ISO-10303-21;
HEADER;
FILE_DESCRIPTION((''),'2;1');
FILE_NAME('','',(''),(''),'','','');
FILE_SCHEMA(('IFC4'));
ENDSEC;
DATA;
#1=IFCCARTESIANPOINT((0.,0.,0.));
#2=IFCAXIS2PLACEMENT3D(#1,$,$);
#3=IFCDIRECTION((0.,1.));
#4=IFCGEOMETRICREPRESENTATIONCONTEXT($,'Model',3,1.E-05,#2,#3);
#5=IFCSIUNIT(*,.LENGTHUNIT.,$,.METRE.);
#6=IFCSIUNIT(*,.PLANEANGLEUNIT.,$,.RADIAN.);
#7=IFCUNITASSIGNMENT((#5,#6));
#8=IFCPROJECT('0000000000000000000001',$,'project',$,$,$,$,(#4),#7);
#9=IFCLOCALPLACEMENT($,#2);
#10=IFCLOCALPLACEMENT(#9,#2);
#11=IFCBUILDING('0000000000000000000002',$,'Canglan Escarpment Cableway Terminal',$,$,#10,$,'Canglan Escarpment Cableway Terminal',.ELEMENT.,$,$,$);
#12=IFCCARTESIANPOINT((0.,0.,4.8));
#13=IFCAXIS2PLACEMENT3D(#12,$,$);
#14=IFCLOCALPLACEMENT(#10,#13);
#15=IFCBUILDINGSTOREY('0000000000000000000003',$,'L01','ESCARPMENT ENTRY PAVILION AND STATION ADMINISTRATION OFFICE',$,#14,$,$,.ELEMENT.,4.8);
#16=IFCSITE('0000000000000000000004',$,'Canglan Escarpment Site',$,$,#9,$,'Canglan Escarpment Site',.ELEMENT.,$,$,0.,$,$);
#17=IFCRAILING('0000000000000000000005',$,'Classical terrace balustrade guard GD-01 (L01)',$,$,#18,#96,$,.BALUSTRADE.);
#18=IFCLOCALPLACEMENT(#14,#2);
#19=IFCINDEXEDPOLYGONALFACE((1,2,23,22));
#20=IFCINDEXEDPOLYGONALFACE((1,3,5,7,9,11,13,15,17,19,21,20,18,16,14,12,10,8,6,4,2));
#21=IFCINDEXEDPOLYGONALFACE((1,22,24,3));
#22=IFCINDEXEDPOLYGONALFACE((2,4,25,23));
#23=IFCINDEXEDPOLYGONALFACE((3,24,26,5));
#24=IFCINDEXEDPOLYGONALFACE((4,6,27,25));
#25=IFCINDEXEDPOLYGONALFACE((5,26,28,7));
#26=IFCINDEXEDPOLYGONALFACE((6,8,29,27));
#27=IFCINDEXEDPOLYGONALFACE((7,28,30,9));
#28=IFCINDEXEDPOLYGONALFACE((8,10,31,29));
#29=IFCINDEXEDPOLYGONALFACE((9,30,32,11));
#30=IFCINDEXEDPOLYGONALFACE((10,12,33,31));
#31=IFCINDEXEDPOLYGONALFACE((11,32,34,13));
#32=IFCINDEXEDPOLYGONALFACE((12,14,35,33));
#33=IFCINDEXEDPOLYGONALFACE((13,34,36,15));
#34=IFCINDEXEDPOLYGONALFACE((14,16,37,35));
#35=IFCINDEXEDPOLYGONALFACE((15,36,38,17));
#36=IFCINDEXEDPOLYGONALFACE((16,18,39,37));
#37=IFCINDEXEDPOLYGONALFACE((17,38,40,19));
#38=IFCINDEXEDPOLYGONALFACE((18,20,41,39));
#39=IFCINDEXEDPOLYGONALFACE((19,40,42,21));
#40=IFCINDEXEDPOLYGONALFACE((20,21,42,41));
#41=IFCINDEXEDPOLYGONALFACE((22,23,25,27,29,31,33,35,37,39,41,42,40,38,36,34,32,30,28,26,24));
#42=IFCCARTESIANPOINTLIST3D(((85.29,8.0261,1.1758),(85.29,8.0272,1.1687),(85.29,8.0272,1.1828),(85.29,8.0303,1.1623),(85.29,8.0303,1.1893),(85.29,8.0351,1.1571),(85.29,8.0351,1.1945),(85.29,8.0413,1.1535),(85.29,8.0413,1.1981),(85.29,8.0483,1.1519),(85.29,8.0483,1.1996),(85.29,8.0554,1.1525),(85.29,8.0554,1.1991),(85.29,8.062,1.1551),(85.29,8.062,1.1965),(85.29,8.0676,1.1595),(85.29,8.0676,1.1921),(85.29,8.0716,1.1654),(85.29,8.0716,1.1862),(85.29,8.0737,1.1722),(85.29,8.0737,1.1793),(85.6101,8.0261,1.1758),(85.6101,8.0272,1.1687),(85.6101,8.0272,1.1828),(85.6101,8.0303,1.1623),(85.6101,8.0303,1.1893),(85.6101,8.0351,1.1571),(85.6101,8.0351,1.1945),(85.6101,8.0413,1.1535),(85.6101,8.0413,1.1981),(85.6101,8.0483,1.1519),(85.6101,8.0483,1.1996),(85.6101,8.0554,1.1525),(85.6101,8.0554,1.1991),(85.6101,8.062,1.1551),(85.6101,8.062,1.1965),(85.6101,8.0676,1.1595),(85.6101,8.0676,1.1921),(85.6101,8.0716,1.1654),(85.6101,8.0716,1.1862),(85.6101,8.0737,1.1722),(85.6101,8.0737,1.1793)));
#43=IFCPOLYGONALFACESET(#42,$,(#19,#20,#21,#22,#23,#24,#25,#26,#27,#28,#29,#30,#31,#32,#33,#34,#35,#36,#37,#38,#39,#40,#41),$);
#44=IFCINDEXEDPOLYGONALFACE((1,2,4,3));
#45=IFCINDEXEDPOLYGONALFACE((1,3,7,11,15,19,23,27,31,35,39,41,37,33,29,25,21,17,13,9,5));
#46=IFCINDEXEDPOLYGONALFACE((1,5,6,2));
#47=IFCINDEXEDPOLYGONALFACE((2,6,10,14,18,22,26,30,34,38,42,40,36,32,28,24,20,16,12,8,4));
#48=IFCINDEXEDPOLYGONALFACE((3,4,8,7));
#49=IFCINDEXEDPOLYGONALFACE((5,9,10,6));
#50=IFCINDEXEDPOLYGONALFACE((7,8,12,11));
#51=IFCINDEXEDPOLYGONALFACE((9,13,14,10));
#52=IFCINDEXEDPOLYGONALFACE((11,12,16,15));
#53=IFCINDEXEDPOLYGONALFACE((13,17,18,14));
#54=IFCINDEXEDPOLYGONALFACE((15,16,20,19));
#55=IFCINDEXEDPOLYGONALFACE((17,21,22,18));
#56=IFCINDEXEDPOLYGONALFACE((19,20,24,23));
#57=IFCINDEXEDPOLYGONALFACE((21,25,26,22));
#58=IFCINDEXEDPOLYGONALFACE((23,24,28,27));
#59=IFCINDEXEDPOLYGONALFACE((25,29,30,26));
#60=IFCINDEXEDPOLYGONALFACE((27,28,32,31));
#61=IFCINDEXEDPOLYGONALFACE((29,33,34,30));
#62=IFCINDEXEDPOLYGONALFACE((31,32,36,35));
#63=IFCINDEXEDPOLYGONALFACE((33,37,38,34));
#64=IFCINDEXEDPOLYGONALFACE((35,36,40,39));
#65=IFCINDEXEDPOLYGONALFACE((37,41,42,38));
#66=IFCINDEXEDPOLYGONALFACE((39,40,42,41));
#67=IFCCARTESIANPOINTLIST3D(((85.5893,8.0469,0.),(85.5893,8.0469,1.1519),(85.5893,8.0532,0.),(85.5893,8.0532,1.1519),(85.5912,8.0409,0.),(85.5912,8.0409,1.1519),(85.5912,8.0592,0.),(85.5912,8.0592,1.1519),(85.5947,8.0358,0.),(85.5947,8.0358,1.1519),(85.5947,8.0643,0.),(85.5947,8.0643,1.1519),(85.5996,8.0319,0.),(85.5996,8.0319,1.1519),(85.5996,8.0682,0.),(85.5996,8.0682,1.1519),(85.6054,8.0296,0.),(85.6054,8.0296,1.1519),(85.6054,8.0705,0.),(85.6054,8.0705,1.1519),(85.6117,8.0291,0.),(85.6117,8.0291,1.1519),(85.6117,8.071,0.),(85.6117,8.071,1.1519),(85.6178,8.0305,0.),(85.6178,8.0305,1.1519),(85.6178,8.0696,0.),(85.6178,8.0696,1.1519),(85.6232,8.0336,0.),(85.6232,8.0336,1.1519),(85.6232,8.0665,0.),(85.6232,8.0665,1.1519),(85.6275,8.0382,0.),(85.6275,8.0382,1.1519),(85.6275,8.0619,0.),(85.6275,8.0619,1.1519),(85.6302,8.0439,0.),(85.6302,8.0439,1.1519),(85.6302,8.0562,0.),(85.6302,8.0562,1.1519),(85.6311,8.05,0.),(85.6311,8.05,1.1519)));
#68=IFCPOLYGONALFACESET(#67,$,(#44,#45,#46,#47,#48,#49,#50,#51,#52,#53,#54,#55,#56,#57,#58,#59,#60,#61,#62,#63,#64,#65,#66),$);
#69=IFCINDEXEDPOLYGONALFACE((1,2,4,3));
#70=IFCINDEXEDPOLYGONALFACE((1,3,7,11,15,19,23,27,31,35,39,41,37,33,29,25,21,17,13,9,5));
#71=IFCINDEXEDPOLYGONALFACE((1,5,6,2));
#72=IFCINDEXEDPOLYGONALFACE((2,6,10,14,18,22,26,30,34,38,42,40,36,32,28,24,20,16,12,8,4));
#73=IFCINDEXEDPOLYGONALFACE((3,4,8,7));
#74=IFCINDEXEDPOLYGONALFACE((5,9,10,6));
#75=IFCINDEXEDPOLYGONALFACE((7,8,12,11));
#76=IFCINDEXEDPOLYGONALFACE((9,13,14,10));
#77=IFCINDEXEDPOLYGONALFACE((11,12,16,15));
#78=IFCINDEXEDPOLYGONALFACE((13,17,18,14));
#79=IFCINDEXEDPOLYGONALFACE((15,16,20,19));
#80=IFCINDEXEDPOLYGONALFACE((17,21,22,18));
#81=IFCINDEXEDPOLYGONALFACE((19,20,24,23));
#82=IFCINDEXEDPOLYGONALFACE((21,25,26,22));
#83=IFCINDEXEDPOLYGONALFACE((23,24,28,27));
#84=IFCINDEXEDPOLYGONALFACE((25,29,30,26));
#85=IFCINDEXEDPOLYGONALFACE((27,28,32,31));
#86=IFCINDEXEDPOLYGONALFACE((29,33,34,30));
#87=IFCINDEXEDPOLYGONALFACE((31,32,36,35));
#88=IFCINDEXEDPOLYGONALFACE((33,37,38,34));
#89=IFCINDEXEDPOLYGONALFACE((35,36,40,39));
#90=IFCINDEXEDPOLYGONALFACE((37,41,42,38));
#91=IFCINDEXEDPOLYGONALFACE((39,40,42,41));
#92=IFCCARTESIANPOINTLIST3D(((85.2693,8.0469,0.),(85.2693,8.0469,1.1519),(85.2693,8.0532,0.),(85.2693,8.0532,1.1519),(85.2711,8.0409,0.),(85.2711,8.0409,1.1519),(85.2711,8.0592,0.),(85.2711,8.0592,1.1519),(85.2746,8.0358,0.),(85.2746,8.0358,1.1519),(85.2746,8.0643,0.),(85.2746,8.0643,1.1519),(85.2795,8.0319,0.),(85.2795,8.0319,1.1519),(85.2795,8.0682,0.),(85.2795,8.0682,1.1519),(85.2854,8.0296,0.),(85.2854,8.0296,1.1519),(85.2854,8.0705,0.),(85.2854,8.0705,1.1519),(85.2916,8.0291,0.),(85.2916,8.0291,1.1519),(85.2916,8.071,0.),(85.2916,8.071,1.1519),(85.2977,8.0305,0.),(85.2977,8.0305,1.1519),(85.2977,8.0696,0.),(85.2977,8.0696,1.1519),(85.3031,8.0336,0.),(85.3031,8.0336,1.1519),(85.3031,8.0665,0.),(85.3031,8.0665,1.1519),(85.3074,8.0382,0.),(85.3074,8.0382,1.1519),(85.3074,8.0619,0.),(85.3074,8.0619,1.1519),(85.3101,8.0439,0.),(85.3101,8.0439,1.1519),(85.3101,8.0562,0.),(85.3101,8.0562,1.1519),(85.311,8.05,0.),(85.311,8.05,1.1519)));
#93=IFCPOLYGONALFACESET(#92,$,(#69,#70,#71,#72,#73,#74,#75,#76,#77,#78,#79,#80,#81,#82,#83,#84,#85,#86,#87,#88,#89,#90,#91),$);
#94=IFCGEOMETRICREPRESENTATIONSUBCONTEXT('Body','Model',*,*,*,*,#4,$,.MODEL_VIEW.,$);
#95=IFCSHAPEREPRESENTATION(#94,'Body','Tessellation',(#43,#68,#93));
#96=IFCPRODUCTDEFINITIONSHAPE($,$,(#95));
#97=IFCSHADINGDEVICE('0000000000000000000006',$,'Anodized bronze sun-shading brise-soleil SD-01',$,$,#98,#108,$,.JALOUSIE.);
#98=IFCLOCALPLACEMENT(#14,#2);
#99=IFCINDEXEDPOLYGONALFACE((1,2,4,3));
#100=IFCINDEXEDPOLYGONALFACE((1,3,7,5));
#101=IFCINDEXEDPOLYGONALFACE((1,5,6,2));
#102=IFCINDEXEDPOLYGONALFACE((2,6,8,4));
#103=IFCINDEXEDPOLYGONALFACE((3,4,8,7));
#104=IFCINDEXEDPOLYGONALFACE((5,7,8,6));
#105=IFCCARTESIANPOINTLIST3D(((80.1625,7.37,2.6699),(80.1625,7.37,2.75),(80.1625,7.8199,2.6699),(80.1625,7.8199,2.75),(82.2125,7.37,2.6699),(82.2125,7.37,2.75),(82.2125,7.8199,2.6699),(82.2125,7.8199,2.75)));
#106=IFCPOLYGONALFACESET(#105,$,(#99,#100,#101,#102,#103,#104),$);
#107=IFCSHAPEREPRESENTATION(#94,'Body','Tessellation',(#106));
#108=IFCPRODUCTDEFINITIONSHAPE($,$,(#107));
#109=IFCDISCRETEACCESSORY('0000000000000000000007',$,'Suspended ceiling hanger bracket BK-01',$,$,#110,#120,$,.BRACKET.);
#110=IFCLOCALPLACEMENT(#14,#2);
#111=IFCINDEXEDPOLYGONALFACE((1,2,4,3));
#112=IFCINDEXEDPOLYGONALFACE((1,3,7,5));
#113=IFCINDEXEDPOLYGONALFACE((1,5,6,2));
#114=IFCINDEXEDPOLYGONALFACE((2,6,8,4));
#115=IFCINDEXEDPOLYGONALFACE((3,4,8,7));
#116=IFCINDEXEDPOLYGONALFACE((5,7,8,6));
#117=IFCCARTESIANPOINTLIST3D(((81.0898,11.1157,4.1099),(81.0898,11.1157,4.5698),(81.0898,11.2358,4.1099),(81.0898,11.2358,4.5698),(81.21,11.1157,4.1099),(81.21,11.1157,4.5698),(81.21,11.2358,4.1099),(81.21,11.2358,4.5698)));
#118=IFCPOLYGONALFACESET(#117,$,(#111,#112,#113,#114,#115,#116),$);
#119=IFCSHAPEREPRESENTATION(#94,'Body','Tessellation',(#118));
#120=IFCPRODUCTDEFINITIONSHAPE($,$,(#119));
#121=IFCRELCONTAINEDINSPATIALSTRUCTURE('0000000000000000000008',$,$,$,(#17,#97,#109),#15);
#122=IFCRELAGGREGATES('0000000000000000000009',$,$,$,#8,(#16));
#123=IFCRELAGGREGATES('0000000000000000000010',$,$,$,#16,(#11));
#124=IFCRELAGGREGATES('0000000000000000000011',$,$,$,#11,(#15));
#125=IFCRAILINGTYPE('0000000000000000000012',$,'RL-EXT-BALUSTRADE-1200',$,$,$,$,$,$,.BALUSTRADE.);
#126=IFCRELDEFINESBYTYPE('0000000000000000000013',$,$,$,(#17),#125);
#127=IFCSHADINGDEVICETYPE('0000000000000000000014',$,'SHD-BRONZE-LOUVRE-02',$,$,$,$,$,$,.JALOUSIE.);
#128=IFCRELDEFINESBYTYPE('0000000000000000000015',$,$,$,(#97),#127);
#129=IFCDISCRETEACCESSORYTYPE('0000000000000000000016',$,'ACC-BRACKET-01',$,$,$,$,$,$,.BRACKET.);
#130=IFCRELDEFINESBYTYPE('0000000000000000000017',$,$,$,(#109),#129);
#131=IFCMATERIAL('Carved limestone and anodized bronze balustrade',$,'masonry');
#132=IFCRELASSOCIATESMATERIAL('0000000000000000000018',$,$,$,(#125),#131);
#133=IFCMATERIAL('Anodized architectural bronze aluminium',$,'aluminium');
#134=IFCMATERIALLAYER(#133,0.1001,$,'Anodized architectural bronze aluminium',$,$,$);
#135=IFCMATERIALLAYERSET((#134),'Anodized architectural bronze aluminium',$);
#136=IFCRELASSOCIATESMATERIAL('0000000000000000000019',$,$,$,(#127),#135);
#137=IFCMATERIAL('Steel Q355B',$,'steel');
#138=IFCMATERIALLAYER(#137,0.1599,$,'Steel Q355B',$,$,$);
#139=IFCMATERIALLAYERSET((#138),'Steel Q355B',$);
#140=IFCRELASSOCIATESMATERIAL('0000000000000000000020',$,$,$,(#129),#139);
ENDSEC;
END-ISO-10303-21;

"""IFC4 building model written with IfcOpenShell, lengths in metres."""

from ifc_helpers import new_model, si_unit, direction, frame, origin, origin_2d, place, context, subcontext, project, spatial, rectangle, circle, extrude, material, layer, layer_set, type_object, element, save


model = new_model("IFC4")

# Units and contexts
model_context = context("Model", 3, precision=1e-05, world=origin(), true_north=direction((0.0, 1.0)))
body_context = subcontext(model_context, "Body", "Model", "MODEL_VIEW")
ifc_project = project(units=[si_unit("LENGTHUNIT", "METRE"), si_unit("PLANEANGLEUNIT", "RADIAN")], contexts=[model_context])

# Site, building, storey
site_placement = place(None, origin())
site = spatial("IfcSite", under=ifc_project, at=site_placement, Name="Canglan Escarpment Site", LongName="Canglan Escarpment Site", CompositionType="ELEMENT", RefElevation=0.0)
building_placement = place(site_placement, origin())
building = spatial("IfcBuilding", under=site, at=building_placement, Name="Canglan Escarpment Cableway Terminal", LongName="Canglan Escarpment Cableway Terminal", CompositionType="ELEMENT")
storey_placement = place(building_placement, frame((0.0, 0.0, 4.8)))
storey = spatial("IfcBuildingStorey", under=building, at=storey_placement, Name="L01", Description="ESCARPMENT ENTRY PAVILION AND STATION ADMINISTRATION OFFICE", CompositionType="ELEMENT", Elevation=4.8)

# Railing
ifc_material_1 = material(Name="Carved limestone and anodized bronze balustrade", Category="masonry")
railing_type = type_object("IfcRailingType", Name="RL-EXT-BALUSTRADE-1200", PredefinedType="BALUSTRADE", material=ifc_material_1)
railing_placement = place(storey_placement, frame((85.6101, 8.05, 0.0)))
element("IfcRailing", 1, at=railing_placement, inside=storey, type_object=railing_type, Name="Classical terrace balustrade guard GD-01 (L01)", PredefinedType="BALUSTRADE", context=body_context, shape_type="SweptSolid", body=[
    extrude(circle(Radius=0.0239, at=origin_2d()), frame((0.0, 0.0, 1.1758), z_axis=(-1.0, 0.0, 0.0), x_axis=(0.0, -1.0, 0.0)), (0.0, 0.0, 1.0), 0.3201),
    extrude(circle(Radius=0.021, at=origin_2d()), origin(), (0.0, 0.0, 1.0), 1.1519),
    extrude(circle(Radius=0.021, at=origin_2d()), frame((-0.3201, 0.0, 0.0)), (0.0, 0.0, 1.0), 1.1519),
])

# Shading device
ifc_material_2 = material(Name="Anodized architectural bronze aluminium", Category="aluminium")
ifc_layer_1 = layer(ifc_material_2, 0.1001, Name="Anodized architectural bronze aluminium")
ifc_layer_set_1 = layer_set([ifc_layer_1], Name="Anodized architectural bronze aluminium")
shading_device_type = type_object("IfcShadingDeviceType", Name="SHD-BRONZE-LOUVRE-02", PredefinedType="JALOUSIE", material=ifc_layer_set_1)
shading_device_placement = place(storey_placement, frame((81.1875, 7.595, 2.6699), z_axis=(0.0, 0.0, 1.0), x_axis=(1.0, 0.0, 0.0)))
element("IfcShadingDevice", 2, at=shading_device_placement, inside=storey, type_object=shading_device_type, Name="Anodized bronze sun-shading brise-soleil SD-01", PredefinedType="JALOUSIE", context=body_context, shape_type="SweptSolid", body=[
    extrude(rectangle(XDim=2.05, YDim=0.45, at=origin_2d()), origin(), (0.0, 0.0, 1.0), 0.0801),
])

# Discrete accessory
ifc_material_3 = material(Name="Steel Q355B", Category="steel")
ifc_layer_2 = layer(ifc_material_3, 0.1599, Name="Steel Q355B")
ifc_layer_set_2 = layer_set([ifc_layer_2], Name="Steel Q355B")
discrete_accessory_type = type_object("IfcDiscreteAccessoryType", Name="ACC-BRACKET-01", PredefinedType="BRACKET", material=ifc_layer_set_2)
discrete_accessory_placement = place(storey_placement, frame((81.1499, 11.1758, 4.1099), z_axis=(0.0, 0.0, 1.0), x_axis=(1.0, 0.0, 0.0)))
element("IfcDiscreteAccessory", 3, at=discrete_accessory_placement, inside=storey, type_object=discrete_accessory_type, Name="Suspended ceiling hanger bracket BK-01", PredefinedType="BRACKET", context=body_context, shape_type="SweptSolid", body=[
    extrude(rectangle(XDim=0.1201, YDim=0.1201, at=origin_2d()), origin(), (0.0, 0.0, 1.0), 0.46),
])

save(model, "model.ifc")
